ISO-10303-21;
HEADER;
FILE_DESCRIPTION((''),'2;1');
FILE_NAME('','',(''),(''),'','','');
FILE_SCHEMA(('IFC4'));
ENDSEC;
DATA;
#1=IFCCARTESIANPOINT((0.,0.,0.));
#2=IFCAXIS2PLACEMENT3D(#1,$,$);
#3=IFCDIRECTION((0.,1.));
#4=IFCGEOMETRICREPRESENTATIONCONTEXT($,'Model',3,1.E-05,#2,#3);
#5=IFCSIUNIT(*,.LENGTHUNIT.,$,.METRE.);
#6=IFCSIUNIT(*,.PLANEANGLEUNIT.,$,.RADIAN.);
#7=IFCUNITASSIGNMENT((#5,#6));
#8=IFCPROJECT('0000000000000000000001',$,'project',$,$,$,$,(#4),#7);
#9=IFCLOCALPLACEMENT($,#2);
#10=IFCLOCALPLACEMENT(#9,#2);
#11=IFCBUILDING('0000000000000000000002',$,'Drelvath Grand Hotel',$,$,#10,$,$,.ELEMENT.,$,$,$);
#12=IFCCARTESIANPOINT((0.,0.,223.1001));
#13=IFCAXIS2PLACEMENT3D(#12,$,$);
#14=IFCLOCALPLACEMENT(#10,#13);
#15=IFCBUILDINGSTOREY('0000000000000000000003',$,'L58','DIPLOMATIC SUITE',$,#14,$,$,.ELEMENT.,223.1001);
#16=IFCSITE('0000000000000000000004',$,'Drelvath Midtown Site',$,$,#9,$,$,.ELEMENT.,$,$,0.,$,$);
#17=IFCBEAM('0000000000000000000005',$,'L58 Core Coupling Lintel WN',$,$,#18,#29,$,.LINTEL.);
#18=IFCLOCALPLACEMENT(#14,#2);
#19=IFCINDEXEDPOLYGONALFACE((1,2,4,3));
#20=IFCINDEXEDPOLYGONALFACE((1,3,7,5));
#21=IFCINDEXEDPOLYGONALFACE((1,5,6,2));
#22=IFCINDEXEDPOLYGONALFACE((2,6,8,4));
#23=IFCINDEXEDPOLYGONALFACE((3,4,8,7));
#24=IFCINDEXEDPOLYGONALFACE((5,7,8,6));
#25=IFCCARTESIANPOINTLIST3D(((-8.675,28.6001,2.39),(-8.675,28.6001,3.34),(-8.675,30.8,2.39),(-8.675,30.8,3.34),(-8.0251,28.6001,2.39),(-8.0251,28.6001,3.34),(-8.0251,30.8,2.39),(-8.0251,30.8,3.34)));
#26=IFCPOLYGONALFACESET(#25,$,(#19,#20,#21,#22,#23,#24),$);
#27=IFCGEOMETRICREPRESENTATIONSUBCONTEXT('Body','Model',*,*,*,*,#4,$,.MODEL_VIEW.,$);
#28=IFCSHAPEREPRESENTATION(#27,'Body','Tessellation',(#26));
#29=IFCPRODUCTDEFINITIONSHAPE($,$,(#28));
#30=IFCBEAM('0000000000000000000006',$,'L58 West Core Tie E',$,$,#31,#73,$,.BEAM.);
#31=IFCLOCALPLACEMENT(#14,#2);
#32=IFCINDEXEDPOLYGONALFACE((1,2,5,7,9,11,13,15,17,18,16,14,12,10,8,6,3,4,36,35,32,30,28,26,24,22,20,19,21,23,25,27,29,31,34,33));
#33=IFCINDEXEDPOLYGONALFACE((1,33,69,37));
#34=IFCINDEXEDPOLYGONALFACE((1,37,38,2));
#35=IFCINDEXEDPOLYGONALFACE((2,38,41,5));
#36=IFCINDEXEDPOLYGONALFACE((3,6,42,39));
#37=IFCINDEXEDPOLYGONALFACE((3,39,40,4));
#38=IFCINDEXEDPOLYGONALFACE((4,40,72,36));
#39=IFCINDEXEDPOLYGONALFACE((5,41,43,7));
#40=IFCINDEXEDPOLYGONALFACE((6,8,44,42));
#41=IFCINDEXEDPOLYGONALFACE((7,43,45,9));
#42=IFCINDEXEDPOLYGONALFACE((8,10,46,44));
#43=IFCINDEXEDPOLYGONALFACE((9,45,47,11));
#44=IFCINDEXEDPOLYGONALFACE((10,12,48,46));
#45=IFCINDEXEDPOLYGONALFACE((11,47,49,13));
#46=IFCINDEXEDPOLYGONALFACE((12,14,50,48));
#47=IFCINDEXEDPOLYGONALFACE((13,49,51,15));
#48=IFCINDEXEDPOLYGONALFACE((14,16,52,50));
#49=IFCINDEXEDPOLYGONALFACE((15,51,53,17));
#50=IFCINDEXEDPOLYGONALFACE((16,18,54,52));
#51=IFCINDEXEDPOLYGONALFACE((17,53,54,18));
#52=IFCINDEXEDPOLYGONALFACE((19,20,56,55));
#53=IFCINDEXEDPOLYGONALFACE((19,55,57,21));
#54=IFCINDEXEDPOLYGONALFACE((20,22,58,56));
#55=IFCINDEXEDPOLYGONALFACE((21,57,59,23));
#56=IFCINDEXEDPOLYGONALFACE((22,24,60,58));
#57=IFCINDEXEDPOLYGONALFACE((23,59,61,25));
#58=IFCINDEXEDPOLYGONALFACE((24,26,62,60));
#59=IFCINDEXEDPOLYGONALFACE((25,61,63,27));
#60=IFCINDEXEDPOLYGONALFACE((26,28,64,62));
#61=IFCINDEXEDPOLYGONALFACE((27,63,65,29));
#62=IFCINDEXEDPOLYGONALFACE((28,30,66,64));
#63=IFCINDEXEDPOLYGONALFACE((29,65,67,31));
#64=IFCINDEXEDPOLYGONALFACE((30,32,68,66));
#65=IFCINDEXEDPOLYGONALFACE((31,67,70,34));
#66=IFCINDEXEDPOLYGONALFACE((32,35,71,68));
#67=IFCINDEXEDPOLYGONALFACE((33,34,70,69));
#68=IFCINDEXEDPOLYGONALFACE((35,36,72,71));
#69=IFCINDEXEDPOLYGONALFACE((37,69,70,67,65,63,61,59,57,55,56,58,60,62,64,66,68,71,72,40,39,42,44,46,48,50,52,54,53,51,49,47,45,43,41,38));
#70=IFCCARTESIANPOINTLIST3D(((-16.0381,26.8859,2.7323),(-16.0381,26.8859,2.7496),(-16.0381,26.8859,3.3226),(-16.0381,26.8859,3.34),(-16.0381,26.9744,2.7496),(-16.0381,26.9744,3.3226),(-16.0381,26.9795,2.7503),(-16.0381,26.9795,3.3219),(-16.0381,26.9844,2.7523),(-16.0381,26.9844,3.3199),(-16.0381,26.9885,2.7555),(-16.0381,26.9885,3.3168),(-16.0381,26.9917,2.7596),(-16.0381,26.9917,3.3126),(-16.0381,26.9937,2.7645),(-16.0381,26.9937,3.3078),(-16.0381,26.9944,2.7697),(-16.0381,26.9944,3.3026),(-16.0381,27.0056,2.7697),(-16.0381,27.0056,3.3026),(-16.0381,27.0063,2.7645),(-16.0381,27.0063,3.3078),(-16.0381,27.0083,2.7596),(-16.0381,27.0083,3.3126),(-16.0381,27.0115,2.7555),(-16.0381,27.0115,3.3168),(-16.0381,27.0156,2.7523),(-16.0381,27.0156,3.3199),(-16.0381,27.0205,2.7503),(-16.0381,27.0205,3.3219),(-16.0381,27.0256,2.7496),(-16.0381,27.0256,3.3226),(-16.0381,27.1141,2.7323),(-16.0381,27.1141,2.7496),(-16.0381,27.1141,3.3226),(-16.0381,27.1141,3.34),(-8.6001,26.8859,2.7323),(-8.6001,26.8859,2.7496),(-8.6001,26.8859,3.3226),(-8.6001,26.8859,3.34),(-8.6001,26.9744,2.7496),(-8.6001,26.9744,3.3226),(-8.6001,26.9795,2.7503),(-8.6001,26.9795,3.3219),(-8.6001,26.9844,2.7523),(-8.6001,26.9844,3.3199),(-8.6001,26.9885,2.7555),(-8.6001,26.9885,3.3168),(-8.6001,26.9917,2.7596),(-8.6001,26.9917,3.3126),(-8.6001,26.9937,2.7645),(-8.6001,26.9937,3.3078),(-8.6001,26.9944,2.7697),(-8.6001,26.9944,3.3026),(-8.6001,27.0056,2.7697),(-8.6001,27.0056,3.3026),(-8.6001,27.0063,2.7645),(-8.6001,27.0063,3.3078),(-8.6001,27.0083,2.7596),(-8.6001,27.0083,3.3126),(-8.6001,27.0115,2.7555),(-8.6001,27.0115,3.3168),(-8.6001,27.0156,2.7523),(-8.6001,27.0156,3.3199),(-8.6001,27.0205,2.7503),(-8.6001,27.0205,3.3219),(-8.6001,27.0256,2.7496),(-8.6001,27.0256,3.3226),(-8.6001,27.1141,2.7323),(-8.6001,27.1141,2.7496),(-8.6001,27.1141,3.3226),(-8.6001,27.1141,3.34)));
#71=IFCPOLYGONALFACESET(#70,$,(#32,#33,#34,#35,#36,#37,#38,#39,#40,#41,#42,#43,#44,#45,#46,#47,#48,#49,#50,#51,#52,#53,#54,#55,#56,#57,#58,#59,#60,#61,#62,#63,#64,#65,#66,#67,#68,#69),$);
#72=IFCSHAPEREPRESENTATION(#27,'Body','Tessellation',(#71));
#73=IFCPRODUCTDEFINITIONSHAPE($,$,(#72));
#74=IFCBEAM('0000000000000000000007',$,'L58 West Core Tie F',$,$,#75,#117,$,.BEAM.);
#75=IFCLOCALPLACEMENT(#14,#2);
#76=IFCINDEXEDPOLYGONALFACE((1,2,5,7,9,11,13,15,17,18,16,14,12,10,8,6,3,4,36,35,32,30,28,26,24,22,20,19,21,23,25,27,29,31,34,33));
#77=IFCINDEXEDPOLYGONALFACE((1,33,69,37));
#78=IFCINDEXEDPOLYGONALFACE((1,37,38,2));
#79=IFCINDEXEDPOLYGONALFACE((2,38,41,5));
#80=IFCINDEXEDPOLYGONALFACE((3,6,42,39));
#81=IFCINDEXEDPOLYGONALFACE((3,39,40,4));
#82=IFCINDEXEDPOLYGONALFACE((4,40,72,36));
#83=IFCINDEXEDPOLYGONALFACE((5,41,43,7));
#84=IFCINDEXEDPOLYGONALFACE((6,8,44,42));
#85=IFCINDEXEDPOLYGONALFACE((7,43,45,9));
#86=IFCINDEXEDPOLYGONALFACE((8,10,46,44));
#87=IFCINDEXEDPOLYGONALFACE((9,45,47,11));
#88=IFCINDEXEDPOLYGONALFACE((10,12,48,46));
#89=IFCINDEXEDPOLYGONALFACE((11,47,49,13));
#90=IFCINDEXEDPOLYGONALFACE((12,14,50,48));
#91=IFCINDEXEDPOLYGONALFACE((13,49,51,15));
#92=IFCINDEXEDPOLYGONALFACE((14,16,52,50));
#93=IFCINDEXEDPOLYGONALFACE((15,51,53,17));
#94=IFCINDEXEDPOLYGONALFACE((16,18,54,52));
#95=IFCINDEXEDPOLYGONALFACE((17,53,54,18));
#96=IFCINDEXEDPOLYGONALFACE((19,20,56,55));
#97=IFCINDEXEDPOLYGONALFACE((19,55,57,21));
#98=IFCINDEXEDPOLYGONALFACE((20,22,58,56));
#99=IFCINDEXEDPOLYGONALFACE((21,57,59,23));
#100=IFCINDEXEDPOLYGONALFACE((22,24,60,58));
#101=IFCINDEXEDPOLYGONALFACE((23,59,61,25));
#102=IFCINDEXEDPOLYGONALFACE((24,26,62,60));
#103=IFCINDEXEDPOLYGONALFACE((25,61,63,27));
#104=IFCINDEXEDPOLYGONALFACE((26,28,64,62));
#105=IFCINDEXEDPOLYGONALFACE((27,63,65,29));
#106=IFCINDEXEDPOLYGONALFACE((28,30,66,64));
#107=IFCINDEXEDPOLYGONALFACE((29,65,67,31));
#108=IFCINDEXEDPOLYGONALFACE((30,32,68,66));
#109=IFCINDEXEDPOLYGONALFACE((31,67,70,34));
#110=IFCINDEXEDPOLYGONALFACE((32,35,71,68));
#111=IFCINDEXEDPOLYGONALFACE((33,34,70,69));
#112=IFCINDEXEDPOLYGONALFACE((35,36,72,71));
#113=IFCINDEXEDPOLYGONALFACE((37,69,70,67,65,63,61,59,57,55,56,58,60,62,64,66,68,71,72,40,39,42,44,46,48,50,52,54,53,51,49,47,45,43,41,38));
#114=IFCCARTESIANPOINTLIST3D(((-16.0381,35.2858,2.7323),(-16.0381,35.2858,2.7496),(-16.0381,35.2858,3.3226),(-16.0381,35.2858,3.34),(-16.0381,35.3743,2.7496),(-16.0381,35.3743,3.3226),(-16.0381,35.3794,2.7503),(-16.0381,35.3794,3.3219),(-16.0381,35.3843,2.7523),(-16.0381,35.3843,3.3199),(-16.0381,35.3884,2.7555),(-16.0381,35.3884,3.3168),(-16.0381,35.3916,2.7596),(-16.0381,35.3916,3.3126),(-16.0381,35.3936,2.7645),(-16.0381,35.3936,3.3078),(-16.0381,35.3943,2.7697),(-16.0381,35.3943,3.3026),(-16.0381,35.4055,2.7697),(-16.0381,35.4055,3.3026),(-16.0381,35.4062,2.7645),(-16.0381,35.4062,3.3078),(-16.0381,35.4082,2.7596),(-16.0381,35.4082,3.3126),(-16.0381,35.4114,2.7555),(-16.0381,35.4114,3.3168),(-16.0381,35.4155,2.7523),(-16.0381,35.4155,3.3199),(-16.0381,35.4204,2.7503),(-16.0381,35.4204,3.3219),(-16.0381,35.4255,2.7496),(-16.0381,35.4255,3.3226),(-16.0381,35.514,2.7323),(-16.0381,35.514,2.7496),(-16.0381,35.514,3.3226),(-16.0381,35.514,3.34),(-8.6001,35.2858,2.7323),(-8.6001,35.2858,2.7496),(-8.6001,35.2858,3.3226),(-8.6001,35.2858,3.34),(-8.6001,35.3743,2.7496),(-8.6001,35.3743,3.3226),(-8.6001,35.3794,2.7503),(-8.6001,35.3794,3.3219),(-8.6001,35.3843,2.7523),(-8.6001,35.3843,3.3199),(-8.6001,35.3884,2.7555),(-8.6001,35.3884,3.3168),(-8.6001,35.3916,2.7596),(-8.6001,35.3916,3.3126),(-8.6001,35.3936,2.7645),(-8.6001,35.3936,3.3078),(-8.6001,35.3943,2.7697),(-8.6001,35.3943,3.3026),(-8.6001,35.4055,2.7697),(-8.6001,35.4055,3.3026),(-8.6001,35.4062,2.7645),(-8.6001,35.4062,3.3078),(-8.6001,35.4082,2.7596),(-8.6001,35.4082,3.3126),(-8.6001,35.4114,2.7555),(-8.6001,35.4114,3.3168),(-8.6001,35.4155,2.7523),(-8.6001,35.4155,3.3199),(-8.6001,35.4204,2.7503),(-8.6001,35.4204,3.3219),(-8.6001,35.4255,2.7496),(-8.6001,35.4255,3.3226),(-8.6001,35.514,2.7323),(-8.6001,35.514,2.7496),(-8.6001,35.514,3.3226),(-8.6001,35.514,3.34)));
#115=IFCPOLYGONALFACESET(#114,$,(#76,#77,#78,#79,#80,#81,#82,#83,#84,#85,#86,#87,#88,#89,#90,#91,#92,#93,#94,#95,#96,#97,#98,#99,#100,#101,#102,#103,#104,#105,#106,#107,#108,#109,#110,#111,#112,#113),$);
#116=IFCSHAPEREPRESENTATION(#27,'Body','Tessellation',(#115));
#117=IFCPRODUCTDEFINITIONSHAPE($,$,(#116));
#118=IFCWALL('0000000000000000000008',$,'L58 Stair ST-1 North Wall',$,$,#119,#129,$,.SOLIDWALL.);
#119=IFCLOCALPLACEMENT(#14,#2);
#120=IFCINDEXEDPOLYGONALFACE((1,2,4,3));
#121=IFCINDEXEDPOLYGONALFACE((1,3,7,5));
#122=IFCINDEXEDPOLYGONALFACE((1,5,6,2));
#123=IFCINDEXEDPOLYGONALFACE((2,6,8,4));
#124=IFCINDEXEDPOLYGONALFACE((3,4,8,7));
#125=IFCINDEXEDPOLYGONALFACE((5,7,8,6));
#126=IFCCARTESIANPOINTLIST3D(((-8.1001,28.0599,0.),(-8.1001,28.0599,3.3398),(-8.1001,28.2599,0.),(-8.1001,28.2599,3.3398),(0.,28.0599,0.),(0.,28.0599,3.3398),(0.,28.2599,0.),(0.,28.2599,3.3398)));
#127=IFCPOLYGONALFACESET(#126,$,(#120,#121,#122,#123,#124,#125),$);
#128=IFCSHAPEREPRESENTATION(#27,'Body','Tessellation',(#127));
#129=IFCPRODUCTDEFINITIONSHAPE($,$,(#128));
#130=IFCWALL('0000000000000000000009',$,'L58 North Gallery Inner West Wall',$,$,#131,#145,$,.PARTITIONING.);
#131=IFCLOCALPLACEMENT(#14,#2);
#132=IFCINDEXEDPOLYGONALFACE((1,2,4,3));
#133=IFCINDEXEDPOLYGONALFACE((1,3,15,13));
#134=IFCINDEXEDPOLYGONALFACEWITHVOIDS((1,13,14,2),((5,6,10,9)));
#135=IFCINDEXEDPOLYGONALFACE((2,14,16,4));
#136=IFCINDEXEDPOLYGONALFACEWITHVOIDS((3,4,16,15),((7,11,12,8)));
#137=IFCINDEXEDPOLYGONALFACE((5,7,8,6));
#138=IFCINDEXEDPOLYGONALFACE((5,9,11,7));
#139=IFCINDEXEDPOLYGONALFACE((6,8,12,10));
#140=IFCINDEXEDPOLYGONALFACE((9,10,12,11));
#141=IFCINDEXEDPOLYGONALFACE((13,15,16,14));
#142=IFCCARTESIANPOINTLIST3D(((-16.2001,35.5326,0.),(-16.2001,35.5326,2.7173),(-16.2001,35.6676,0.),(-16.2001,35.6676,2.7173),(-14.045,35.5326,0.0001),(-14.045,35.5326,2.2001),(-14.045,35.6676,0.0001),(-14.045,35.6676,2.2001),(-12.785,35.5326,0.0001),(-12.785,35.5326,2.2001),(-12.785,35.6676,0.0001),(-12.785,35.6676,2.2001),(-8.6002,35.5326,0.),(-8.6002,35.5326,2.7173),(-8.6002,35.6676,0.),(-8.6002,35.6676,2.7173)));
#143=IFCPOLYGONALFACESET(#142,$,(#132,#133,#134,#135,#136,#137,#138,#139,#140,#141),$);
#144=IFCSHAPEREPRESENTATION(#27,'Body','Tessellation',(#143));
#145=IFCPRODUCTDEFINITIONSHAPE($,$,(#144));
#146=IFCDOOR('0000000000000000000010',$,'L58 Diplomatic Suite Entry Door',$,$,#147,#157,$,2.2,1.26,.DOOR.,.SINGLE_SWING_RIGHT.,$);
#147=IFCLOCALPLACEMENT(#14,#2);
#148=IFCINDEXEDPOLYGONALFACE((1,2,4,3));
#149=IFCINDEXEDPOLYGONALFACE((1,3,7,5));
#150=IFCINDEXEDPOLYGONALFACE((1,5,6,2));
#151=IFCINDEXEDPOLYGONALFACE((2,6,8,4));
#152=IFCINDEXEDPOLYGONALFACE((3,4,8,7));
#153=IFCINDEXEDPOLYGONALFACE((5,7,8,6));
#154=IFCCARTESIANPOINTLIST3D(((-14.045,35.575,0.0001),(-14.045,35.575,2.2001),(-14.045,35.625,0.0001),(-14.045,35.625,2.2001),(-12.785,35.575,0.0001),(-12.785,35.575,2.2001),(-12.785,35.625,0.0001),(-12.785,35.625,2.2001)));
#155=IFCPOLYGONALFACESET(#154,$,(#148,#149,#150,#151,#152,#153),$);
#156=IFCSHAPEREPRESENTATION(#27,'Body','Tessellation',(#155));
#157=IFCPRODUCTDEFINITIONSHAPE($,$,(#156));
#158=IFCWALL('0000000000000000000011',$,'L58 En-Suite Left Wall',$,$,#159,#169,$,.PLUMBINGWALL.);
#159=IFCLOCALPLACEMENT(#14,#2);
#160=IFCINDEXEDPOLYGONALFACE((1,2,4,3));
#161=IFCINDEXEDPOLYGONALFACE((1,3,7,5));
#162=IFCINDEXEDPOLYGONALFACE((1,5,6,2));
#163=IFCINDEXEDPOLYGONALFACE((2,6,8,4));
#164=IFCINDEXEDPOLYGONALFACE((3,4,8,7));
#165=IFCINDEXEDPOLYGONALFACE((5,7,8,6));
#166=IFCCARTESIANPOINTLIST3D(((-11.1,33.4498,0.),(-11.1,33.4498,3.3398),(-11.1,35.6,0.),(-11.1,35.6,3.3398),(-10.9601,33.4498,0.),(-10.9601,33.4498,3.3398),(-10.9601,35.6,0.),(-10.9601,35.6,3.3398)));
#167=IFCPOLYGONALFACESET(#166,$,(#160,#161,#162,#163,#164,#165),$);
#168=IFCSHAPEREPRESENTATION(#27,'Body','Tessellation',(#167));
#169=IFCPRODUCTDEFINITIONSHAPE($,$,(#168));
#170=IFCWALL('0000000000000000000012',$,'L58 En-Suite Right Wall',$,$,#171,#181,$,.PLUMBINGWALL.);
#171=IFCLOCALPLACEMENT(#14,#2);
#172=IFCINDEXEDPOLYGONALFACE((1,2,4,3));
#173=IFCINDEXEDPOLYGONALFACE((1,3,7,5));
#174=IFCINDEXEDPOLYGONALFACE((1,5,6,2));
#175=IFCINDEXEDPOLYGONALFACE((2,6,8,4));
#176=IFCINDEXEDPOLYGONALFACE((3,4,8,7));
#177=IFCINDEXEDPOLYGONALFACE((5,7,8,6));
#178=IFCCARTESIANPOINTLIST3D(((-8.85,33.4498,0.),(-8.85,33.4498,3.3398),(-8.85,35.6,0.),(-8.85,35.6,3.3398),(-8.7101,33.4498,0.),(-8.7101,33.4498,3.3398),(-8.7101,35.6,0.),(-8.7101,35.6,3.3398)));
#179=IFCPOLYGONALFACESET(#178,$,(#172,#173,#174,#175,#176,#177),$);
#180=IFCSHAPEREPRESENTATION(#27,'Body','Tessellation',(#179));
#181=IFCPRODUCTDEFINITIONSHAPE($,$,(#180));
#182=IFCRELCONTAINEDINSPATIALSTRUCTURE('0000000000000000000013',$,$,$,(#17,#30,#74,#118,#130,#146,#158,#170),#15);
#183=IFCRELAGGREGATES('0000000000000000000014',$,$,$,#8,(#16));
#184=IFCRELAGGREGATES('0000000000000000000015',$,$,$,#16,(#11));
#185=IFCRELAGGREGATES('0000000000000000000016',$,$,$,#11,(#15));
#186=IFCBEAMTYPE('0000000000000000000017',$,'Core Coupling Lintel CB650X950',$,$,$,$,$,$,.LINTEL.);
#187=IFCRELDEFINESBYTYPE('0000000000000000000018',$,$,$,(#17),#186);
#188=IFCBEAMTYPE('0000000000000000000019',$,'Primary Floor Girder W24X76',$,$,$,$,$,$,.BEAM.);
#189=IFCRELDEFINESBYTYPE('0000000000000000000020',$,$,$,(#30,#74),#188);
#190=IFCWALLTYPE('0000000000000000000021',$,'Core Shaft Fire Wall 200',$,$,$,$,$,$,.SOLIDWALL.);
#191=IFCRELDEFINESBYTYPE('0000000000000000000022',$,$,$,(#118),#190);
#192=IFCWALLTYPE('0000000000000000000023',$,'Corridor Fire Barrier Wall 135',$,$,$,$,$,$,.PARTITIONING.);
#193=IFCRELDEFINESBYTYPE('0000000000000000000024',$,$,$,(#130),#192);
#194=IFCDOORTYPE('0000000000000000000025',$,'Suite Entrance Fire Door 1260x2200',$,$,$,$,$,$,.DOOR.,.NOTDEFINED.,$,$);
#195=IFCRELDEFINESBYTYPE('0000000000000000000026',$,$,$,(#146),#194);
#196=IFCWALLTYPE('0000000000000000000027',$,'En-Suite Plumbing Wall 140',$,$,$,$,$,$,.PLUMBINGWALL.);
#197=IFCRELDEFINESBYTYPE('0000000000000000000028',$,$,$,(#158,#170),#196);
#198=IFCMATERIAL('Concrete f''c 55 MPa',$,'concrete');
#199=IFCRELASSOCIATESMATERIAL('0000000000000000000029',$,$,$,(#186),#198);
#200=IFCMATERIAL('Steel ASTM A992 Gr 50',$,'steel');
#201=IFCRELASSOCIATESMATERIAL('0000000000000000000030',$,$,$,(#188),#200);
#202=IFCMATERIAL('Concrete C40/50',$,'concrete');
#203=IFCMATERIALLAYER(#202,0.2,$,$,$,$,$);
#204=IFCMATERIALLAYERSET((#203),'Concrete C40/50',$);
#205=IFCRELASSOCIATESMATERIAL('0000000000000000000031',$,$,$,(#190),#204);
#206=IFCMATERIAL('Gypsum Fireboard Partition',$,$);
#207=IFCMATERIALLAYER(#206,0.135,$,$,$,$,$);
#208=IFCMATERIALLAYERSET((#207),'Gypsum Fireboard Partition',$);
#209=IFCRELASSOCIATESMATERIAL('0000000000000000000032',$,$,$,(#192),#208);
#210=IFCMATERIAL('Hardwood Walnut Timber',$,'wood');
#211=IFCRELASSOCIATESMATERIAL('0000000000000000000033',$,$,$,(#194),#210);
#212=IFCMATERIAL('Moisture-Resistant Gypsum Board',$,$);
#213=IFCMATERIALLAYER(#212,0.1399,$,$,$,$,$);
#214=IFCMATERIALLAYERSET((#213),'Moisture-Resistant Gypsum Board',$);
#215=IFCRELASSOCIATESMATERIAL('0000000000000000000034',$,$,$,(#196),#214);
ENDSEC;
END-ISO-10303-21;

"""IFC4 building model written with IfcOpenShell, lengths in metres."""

from ifc_helpers import new_model, si_unit, direction, frame, frame_2d, origin, origin_2d, place, context, subcontext, project, spatial, rectangle, i_section, extrude, material, layer, layer_set, material_profile, profile_set, type_object, element, fill, save


model = new_model("IFC4")

# Units and contexts
model_context = context("Model", 3, precision=1e-05, world=origin(), true_north=direction((0.0, 1.0)))
body_context = subcontext(model_context, "Body", "Model", "MODEL_VIEW")
ifc_project = project(units=[si_unit("LENGTHUNIT", "METRE"), si_unit("PLANEANGLEUNIT", "RADIAN")], contexts=[model_context])

# Site, building, storey
site_placement = place(None, origin())
site = spatial("IfcSite", under=ifc_project, at=site_placement, Name="Drelvath Midtown Site", CompositionType="ELEMENT", RefElevation=0.0)
building_placement = place(site_placement, origin())
building = spatial("IfcBuilding", under=site, at=building_placement, Name="Drelvath Grand Hotel", CompositionType="ELEMENT")
storey_placement = place(building_placement, frame((0.0, 0.0, 223.1001)))
storey = spatial("IfcBuildingStorey", under=building, at=storey_placement, Name="L58", Description="DIPLOMATIC SUITE", CompositionType="ELEMENT", Elevation=223.1001)

# Beams
ifc_material_1 = material(Name="Concrete f'c 55 MPa", Category="concrete")
ifc_material_profile_1 = material_profile(ifc_material_1, rectangle(XDim=0.6499, YDim=0.95, at=origin_2d()), Name="CB650X950")
ifc_profile_set_1 = profile_set([ifc_material_profile_1], Name="Concrete f'c 55 MPa")
beam_type_1 = type_object("IfcBeamType", Name="Core Coupling Lintel CB650X950", PredefinedType="LINTEL", material=ifc_profile_set_1)
beam_placement = place(storey_placement, frame((-8.3501, 28.6001, 2.865), z_axis=(0.0, 1.0, 0.0), x_axis=(-1.0, 0.0, 0.0)))
element("IfcBeam", 1, at=beam_placement, inside=storey, type_object=beam_type_1, Name="L58 Core Coupling Lintel WN", PredefinedType="LINTEL", context=body_context, shape_type="SweptSolid", body=[
    extrude(rectangle(XDim=0.6499, YDim=0.95, at=origin_2d()), origin(), (0.0, 0.0, 1.0), 2.2),
])
ifc_material_2 = material(Name="Steel ASTM A992 Gr 50", Category="steel")
ifc_material_profile_2 = material_profile(ifc_material_2, i_section(OverallWidth=0.2283, OverallDepth=0.6077, WebThickness=0.0112, FlangeThickness=0.0173, FilletRadius=0.02, at=origin_2d()), Name="W24X76")
ifc_profile_set_2 = profile_set([ifc_material_profile_2], Name="Steel ASTM A992 Gr 50")
beam_type_2 = type_object("IfcBeamType", Name="Primary Floor Girder W24X76", PredefinedType="BEAM", material=ifc_profile_set_2)
for number, where, z_axis, x_axis, name in (
    (2, (-16.0381, 27.0, 3.0361), (1.0, 0.0, 0.0), (0.0, 1.0, 0.0), "L58 West Core Tie E"),
    (3, (-16.0381, 35.3999, 3.0361), (1.0, 0.0, 0.0), (0.0, 1.0, 0.0), "L58 West Core Tie F"),
):
    element("IfcBeam", number, at=place(storey_placement, frame(where, z_axis=z_axis, x_axis=x_axis)), inside=storey, type_object=beam_type_2, Name=name, PredefinedType="BEAM", context=body_context, shape_type="SweptSolid", body=[
        extrude(i_section(OverallWidth=0.2283, OverallDepth=0.6077, WebThickness=0.0112, FlangeThickness=0.0173, FilletRadius=0.02, at=origin_2d()), origin(), (0.0, 0.0, 1.0), 7.438),
    ])

# Wall
ifc_material_3 = material(Name="Concrete C40/50", Category="concrete")
ifc_layer_1 = layer(ifc_material_3, 0.2)
ifc_layer_set_1 = layer_set([ifc_layer_1], Name="Concrete C40/50")
wall_type_1 = type_object("IfcWallType", Name="Core Shaft Fire Wall 200", PredefinedType="SOLIDWALL", material=ifc_layer_set_1)
wall_1_placement = place(storey_placement, frame((-8.1001, 28.1599, 0.0), z_axis=(0.0, 0.0, 1.0), x_axis=(1.0, 0.0, 0.0)))
element("IfcWall", 4, at=wall_1_placement, inside=storey, type_object=wall_type_1, Name="L58 Stair ST-1 North Wall", PredefinedType="SOLIDWALL", context=body_context, shape_type="SweptSolid", body=[
    extrude(rectangle(XDim=8.1001, YDim=0.2, at=frame_2d((4.05, 0.0))), origin(), (0.0, 0.0, 1.0), 3.3398),
])

# Wall, opening, door
ifc_material_4 = material(Name="Gypsum Fireboard Partition")
ifc_layer_2 = layer(ifc_material_4, 0.135)
ifc_layer_set_2 = layer_set([ifc_layer_2], Name="Gypsum Fireboard Partition")
wall_type_2 = type_object("IfcWallType", Name="Corridor Fire Barrier Wall 135", PredefinedType="PARTITIONING", material=ifc_layer_set_2)
wall_2_placement = place(storey_placement, frame((-16.2, 35.6001, 0.0), z_axis=(0.0, 0.0, 1.0), x_axis=(1.0, 0.0, 0.0)))
wall_2 = element("IfcWall", 5, at=wall_2_placement, inside=storey, type_object=wall_type_2, Name="L58 North Gallery Inner West Wall", PredefinedType="PARTITIONING", context=body_context, shape_type="SweptSolid", body=[
    extrude(rectangle(XDim=7.5999, YDim=0.135, at=frame_2d((3.7998, 0.0))), origin(), (0.0, 0.0, 1.0), 2.7173),
])
opening_1_placement = place(wall_2_placement, frame((2.155, 0.0, 0.0)))
opening_1 = element("IfcOpeningElement", 6, at=opening_1_placement, cuts=wall_2, PredefinedType="OPENING", context=body_context, shape_type="SweptSolid", body=[
    extrude(rectangle(XDim=1.26, YDim=2.2, at=frame_2d((0.6299, 1.1001))), frame((0.0, 0.0774, 0.0), z_axis=(0.0, -1.0, 0.0), x_axis=(1.0, 0.0, 0.0)), (0.0, 0.0, 1.0), 0.155),
])
ifc_material_5 = material(Name="Hardwood Walnut Timber", Category="wood")
door_type_1 = type_object("IfcDoorType", Name="Suite Entrance Fire Door 1260x2200", OperationType="NOTDEFINED", PredefinedType="DOOR", material=ifc_material_5)
door_1_placement = place(opening_1_placement, origin())
door_1 = element("IfcDoor", 7, at=door_1_placement, inside=storey, type_object=door_type_1, Name="L58 Diplomatic Suite Entry Door", OperationType="SINGLE_SWING_RIGHT", OverallHeight=2.2, OverallWidth=1.26, PredefinedType="DOOR", context=body_context, shape_type="SweptSolid", body=[
    extrude(rectangle(XDim=1.26, YDim=2.2, at=frame_2d((0.6299, 1.1001))), frame((0.0, 0.0249, 0.0), z_axis=(0.0, -1.0, 0.0), x_axis=(1.0, 0.0, 0.0)), (0.0, 0.0, 1.0), 0.05),
])
fill(opening_1, door_1)

# Walls
ifc_material_6 = material(Name="Moisture-Resistant Gypsum Board")
ifc_layer_3 = layer(ifc_material_6, 0.1399)
ifc_layer_set_3 = layer_set([ifc_layer_3], Name="Moisture-Resistant Gypsum Board")
wall_type_3 = type_object("IfcWallType", Name="En-Suite Plumbing Wall 140", PredefinedType="PLUMBINGWALL", material=ifc_layer_set_3)
for number, where, z_axis, x_axis, name in (
    (8, (-11.03, 35.6001, 0.0), (0.0, 0.0, 1.0), (0.0, -1.0, 0.0), "L58 En-Suite Left Wall"),
    (9, (-8.78, 35.6001, 0.0), (0.0, 0.0, 1.0), (0.0, -1.0, 0.0), "L58 En-Suite Right Wall"),
):
    element("IfcWall", number, at=place(storey_placement, frame(where, z_axis=z_axis, x_axis=x_axis)), inside=storey, type_object=wall_type_3, Name=name, PredefinedType="PLUMBINGWALL", context=body_context, shape_type="SweptSolid", body=[
        extrude(rectangle(XDim=2.1501, YDim=0.1399, at=frame_2d((1.0752, 0.0))), origin(), (0.0, 0.0, 1.0), 3.3398),
    ])

save(model, "model.ifc")
